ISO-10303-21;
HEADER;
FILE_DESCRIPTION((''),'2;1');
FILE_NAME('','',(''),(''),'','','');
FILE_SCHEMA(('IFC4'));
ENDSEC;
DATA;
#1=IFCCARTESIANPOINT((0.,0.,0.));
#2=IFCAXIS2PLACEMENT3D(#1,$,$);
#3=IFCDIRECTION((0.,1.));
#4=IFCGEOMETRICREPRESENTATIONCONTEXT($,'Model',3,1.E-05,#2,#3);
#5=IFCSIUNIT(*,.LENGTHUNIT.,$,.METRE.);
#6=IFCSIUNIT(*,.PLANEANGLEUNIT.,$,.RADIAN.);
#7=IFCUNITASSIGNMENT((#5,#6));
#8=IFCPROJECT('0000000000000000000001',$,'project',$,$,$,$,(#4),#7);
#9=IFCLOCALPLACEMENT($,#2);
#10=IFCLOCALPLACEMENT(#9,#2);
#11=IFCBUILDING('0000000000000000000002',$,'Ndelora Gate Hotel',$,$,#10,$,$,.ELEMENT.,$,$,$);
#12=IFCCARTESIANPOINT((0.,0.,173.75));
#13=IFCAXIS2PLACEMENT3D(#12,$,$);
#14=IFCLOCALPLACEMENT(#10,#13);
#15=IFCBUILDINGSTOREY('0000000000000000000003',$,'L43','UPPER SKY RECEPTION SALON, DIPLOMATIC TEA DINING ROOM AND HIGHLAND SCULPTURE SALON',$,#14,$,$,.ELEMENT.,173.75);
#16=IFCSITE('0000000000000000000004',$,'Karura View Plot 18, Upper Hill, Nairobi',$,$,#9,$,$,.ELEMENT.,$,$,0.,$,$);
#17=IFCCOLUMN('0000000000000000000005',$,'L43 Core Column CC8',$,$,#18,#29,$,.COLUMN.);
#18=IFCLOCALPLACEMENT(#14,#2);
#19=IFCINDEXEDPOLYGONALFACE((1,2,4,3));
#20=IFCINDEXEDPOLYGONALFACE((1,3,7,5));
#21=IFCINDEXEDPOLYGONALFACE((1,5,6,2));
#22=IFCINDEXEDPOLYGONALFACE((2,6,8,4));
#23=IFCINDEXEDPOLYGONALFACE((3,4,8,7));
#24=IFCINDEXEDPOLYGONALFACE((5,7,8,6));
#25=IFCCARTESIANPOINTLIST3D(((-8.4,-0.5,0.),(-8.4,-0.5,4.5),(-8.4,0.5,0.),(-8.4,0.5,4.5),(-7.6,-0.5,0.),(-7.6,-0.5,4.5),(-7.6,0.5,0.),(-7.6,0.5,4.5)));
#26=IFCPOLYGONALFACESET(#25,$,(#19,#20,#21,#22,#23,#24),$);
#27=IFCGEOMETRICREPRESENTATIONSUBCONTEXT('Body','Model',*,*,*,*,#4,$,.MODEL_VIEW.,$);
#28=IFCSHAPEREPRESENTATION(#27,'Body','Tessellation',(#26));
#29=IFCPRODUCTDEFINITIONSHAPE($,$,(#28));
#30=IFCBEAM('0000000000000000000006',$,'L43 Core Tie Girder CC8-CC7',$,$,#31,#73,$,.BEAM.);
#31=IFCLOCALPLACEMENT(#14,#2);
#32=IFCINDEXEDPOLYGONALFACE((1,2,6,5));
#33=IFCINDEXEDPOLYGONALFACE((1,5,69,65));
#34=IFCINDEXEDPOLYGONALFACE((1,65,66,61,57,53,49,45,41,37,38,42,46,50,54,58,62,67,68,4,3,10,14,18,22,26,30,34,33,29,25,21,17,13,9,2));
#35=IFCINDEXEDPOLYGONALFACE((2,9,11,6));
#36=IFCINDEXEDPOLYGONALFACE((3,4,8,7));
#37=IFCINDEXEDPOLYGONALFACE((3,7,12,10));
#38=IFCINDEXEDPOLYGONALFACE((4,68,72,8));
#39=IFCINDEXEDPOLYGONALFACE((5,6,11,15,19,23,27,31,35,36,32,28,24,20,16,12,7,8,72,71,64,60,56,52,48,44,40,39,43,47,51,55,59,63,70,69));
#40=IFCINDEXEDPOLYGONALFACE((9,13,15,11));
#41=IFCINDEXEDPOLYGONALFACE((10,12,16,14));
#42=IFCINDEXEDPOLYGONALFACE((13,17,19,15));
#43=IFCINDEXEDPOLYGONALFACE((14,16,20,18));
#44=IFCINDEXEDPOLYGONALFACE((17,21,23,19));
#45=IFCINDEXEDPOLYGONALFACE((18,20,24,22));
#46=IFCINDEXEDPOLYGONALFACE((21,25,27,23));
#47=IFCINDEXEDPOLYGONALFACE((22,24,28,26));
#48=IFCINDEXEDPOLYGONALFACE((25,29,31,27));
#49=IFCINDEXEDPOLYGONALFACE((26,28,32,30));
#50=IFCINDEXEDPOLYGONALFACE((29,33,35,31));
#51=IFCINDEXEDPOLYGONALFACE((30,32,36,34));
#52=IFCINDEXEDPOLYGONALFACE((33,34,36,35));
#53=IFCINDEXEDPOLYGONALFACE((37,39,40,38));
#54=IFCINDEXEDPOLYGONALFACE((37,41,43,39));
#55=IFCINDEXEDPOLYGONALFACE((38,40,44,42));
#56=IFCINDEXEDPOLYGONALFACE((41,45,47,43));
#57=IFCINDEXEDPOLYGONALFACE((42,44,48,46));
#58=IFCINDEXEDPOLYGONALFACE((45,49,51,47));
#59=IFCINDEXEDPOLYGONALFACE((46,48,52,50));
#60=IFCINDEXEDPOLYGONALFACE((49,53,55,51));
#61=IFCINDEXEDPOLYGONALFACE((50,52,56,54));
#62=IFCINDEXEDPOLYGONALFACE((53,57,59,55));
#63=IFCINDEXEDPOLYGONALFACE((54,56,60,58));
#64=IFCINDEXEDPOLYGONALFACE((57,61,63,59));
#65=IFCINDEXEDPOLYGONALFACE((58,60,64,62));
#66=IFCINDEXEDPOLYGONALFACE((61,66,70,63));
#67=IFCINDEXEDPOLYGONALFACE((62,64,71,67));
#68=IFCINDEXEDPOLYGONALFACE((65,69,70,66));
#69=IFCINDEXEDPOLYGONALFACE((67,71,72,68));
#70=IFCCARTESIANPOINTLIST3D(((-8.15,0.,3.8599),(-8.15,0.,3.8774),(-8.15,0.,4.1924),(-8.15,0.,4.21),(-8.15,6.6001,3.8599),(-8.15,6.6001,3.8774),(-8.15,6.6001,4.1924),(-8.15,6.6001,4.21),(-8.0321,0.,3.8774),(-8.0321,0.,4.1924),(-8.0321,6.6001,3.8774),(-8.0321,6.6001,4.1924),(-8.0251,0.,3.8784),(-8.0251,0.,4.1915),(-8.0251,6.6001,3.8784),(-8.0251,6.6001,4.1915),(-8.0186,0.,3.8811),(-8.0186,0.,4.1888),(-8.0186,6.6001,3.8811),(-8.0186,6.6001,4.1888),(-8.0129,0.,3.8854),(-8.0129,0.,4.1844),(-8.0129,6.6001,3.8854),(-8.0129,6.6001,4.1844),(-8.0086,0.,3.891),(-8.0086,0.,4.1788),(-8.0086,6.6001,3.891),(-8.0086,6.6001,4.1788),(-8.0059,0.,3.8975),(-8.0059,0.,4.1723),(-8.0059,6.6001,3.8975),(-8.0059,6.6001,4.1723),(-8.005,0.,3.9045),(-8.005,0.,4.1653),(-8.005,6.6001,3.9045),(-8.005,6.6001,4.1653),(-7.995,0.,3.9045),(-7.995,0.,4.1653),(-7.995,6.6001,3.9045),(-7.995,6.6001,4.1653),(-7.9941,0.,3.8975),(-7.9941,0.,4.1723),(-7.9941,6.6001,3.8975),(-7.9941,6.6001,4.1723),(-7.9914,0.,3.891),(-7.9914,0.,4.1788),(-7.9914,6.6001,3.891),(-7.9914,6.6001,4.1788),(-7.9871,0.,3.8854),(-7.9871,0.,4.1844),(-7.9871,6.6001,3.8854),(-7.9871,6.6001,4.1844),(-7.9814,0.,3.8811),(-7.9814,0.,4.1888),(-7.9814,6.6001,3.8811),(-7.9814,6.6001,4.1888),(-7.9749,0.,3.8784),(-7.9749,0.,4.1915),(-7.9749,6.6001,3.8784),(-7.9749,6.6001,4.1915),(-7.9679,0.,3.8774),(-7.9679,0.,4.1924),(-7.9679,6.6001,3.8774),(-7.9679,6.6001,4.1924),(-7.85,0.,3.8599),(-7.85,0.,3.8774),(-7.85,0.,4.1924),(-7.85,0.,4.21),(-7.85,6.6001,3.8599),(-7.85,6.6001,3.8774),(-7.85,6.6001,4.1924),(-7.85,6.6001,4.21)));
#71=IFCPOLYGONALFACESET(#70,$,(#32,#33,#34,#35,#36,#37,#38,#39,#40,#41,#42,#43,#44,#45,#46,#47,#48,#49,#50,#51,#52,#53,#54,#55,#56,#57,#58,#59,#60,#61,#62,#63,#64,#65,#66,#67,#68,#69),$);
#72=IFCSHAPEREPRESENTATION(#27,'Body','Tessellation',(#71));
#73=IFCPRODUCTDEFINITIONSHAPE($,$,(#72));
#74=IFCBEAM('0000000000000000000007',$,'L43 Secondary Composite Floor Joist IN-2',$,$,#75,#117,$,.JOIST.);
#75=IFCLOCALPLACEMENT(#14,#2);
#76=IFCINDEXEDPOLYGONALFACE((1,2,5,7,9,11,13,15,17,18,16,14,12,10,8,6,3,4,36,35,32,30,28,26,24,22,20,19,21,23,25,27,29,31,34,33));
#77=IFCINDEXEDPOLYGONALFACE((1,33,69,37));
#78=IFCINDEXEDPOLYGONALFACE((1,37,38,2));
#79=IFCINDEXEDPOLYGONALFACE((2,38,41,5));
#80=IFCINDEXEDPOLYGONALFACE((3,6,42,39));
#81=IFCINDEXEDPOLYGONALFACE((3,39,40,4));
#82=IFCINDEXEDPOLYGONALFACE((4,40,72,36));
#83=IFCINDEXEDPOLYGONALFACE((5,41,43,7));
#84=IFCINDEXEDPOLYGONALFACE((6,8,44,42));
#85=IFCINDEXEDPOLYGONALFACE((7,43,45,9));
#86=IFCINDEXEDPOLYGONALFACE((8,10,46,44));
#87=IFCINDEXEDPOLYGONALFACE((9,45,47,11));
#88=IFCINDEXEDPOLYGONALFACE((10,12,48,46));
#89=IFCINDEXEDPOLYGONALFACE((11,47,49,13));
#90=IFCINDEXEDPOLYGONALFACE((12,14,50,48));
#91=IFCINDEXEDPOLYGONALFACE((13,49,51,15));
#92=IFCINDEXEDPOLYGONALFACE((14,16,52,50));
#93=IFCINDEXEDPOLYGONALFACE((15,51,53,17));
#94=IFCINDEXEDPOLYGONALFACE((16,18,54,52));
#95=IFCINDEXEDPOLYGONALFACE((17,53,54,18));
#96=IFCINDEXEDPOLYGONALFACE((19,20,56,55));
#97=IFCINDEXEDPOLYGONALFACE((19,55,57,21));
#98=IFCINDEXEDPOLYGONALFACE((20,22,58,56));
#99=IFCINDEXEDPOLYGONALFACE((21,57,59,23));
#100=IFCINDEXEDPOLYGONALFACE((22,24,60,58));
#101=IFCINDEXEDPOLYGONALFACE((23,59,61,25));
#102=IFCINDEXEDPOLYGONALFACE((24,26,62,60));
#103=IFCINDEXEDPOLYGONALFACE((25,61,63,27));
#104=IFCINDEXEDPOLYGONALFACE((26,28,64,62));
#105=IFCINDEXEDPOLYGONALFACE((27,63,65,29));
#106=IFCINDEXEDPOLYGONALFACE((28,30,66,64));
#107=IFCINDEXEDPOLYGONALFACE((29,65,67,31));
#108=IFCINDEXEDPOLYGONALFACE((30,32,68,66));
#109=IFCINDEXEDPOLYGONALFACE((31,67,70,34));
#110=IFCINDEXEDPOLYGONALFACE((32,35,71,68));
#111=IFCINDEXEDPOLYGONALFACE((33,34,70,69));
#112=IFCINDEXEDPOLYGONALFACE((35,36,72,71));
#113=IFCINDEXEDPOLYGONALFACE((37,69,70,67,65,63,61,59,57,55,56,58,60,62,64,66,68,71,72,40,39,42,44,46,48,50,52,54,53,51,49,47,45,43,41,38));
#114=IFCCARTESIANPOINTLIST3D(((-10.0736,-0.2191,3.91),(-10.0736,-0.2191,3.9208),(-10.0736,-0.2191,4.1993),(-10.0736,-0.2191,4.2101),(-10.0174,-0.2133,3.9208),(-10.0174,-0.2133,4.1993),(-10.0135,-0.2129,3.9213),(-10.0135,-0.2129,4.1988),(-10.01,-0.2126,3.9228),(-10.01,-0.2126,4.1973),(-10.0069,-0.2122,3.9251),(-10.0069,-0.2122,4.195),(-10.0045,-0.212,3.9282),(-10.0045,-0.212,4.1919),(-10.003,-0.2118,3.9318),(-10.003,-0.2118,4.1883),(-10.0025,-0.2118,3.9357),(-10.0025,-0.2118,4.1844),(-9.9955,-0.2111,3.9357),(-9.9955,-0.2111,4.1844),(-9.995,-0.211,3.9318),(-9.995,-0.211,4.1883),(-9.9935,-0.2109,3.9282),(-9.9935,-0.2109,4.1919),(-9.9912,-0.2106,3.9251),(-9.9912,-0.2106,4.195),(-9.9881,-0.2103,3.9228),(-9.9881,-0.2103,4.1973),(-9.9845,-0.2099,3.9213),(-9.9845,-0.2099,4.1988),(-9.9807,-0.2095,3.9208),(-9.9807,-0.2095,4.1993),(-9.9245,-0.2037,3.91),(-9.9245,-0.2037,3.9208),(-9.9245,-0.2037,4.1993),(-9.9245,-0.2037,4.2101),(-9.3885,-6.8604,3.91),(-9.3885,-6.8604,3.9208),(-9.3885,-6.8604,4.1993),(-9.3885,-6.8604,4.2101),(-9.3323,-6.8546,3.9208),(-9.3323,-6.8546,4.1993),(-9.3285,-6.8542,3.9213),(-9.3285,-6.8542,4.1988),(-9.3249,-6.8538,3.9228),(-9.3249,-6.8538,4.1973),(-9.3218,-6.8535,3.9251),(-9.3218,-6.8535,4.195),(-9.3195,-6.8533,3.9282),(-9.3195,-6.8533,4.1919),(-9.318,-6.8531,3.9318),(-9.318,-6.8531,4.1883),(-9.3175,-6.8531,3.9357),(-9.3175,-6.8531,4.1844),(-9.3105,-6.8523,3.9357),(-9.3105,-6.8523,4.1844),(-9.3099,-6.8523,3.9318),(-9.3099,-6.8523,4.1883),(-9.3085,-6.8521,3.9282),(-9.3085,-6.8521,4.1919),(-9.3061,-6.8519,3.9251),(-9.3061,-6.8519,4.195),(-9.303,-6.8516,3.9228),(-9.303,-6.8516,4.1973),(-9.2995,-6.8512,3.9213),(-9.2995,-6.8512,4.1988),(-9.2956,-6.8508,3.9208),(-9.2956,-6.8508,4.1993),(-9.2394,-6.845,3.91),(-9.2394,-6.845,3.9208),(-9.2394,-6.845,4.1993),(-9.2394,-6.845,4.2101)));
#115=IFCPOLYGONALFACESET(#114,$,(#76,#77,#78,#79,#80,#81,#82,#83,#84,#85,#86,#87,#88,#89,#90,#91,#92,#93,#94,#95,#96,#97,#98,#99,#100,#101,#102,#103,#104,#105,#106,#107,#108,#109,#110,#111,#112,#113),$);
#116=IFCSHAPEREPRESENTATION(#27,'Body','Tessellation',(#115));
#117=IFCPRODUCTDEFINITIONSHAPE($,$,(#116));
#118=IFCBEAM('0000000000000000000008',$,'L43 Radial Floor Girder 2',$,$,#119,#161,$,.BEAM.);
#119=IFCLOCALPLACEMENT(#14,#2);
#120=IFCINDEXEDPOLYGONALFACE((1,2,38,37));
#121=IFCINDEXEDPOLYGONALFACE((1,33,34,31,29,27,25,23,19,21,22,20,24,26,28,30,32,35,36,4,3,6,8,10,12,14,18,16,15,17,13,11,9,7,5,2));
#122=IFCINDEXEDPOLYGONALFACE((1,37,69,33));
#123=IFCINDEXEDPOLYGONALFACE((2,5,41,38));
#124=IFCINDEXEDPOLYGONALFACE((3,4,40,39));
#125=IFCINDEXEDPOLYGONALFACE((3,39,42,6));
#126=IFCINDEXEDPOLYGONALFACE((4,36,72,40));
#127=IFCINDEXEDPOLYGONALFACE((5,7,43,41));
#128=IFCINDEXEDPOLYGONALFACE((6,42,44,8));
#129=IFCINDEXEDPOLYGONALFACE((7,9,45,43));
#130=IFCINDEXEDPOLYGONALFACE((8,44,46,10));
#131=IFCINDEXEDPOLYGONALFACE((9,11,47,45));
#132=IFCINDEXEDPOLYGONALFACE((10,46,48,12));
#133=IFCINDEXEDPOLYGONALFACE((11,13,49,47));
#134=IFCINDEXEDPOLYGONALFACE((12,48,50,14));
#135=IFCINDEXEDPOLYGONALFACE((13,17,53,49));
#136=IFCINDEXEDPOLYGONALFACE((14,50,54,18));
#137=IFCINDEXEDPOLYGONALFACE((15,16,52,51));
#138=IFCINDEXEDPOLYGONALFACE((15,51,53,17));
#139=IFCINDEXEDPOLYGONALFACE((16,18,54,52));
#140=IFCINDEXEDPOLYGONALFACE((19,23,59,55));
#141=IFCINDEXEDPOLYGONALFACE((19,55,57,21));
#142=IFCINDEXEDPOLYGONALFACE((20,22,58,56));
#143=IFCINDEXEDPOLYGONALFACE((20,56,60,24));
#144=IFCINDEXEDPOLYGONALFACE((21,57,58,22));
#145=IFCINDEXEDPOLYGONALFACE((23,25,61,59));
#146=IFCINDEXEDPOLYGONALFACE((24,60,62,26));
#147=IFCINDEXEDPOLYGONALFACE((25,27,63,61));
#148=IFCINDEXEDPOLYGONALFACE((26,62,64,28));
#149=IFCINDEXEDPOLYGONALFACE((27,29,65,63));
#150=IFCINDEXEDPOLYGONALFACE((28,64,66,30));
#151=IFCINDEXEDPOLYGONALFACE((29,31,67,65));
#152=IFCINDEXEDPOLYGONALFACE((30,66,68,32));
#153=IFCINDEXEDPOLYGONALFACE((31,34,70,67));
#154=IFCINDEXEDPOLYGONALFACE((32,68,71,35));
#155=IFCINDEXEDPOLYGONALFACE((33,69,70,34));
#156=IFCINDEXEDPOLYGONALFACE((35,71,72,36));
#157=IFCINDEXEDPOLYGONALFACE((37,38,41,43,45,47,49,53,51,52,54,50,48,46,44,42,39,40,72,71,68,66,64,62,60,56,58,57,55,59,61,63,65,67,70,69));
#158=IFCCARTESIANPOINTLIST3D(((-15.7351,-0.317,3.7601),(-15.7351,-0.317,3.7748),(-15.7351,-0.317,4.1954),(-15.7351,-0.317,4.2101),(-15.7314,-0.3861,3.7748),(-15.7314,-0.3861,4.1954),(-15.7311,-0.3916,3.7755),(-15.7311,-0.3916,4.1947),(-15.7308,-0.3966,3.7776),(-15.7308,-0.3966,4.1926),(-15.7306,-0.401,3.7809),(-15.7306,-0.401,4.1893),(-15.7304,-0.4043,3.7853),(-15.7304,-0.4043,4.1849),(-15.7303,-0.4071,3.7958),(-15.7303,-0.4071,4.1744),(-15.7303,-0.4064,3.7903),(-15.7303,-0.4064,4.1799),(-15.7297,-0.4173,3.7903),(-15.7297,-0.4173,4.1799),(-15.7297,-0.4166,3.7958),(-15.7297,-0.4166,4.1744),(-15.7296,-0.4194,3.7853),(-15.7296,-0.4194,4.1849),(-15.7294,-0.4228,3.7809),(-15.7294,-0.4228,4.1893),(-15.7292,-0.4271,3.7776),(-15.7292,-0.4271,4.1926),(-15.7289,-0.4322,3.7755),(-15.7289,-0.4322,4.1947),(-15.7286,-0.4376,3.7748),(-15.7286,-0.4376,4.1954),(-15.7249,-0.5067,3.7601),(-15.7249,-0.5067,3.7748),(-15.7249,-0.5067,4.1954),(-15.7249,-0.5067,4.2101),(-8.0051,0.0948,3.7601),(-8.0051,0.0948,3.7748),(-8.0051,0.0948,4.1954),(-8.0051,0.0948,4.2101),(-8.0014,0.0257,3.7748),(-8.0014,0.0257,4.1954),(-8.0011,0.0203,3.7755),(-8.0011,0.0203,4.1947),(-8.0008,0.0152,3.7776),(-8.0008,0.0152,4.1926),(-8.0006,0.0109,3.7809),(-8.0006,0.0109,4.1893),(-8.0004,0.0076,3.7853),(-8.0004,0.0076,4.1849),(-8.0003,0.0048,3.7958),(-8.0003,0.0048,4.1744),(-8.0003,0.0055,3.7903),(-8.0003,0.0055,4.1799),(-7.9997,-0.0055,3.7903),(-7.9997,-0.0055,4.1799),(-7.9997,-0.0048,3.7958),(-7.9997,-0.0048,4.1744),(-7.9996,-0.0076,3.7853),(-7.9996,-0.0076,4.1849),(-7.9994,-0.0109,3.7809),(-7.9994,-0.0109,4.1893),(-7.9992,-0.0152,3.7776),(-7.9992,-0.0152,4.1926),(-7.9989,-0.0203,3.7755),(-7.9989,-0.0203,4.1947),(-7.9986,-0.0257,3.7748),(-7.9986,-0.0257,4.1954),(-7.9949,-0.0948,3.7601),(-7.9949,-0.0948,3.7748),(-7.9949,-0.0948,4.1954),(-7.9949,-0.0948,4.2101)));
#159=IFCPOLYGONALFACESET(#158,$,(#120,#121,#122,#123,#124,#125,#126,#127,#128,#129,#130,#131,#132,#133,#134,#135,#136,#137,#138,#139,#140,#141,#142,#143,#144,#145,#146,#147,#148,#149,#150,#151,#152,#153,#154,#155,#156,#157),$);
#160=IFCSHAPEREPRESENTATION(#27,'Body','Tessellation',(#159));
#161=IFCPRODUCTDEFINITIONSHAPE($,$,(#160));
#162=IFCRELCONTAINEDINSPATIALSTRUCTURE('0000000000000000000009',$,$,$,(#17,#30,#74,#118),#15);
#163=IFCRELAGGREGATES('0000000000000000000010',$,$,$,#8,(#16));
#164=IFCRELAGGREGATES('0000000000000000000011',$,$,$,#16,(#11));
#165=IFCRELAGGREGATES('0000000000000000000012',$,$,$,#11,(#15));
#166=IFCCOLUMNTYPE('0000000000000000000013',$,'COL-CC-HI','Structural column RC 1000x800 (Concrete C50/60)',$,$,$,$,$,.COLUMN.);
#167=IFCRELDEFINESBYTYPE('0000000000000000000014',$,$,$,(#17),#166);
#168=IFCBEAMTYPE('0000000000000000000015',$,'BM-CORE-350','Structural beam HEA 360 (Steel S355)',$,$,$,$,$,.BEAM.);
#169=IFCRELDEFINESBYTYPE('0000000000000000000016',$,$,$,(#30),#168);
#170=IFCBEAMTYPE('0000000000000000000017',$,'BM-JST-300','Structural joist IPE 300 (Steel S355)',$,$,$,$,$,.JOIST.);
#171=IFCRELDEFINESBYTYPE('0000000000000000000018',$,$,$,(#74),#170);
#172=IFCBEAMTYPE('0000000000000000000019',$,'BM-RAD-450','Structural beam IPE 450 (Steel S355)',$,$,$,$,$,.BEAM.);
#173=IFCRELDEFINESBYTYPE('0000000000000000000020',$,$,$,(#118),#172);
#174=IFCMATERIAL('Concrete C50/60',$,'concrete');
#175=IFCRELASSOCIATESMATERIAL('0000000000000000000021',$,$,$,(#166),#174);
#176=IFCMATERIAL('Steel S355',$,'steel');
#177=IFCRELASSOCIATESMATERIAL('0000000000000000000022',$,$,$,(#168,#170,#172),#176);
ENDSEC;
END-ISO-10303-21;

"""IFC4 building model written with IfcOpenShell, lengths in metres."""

from ifc_helpers import new_model, si_unit, direction, frame, origin, origin_2d, place, context, subcontext, project, spatial, rectangle, i_section, extrude, material, material_profile, profile_set, type_object, element, save


model = new_model("IFC4")

# Units and contexts
model_context = context("Model", 3, precision=1e-05, world=origin(), true_north=direction((0.0, 1.0)))
body_context = subcontext(model_context, "Body", "Model", "MODEL_VIEW")
ifc_project = project(units=[si_unit("LENGTHUNIT", "METRE"), si_unit("PLANEANGLEUNIT", "RADIAN")], contexts=[model_context])

# Site, building, storey
site_placement = place(None, origin())
site = spatial("IfcSite", under=ifc_project, at=site_placement, Name="Karura View Plot 18, Upper Hill, Nairobi", CompositionType="ELEMENT", RefElevation=0.0)
building_placement = place(site_placement, origin())
building = spatial("IfcBuilding", under=site, at=building_placement, Name="Ndelora Gate Hotel", CompositionType="ELEMENT")
storey_placement = place(building_placement, frame((0.0, 0.0, 173.75)))
storey = spatial("IfcBuildingStorey", under=building, at=storey_placement, Name="L43", Description="UPPER SKY RECEPTION SALON, DIPLOMATIC TEA DINING ROOM AND HIGHLAND SCULPTURE SALON", CompositionType="ELEMENT", Elevation=173.75)

# Column
ifc_material_1 = material(Name="Concrete C50/60", Category="concrete")
ifc_material_profile_1 = material_profile(ifc_material_1, rectangle(XDim=0.8, YDim=1.0, at=origin_2d()), Name="RC 1000x800")
ifc_profile_set_1 = profile_set([ifc_material_profile_1], Name="Concrete C50/60")
column_type = type_object("IfcColumnType", Name="COL-CC-HI", Description="Structural column RC 1000x800 (Concrete C50/60)", PredefinedType="COLUMN", material=ifc_profile_set_1)
column_placement = place(storey_placement, frame((-8.0, 0.0, 0.0), z_axis=(0.0, 0.0, 1.0), x_axis=(1.0, 0.0, 0.0)))
element("IfcColumn", 1, at=column_placement, inside=storey, type_object=column_type, Name="L43 Core Column CC8", PredefinedType="COLUMN", context=body_context, shape_type="SweptSolid", body=[
    extrude(rectangle(XDim=0.8, YDim=1.0, at=origin_2d()), origin(), (0.0, 0.0, 1.0), 4.5),
])

# Beams
ifc_material_2 = material(Name="Steel S355", Category="steel")
ifc_material_profile_2 = material_profile(ifc_material_2, i_section(OverallWidth=0.3, OverallDepth=0.3501, WebThickness=0.01, FlangeThickness=0.0176, FilletRadius=0.0271, at=origin_2d()), Name="HEA 360")
ifc_profile_set_2 = profile_set([ifc_material_profile_2], Name="Steel S355")
beam_type_1 = type_object("IfcBeamType", Name="BM-CORE-350", Description="Structural beam HEA 360 (Steel S355)", PredefinedType="BEAM", material=ifc_profile_set_2)
beam_1_placement = place(storey_placement, frame((-8.0, 0.0, 4.0349), z_axis=(0.0, 1.0, 0.0), x_axis=(-1.0, 0.0, 0.0)))
element("IfcBeam", 2, at=beam_1_placement, inside=storey, type_object=beam_type_1, Name="L43 Core Tie Girder CC8-CC7", PredefinedType="BEAM", context=body_context, shape_type="SweptSolid", body=[
    extrude(i_section(OverallWidth=0.3, OverallDepth=0.3501, WebThickness=0.01, FlangeThickness=0.0176, FilletRadius=0.0271, at=origin_2d()), origin(), (0.0, 0.0, 1.0), 6.6001),
])
ifc_material_profile_3 = material_profile(ifc_material_2, i_section(OverallWidth=0.1499, OverallDepth=0.3, WebThickness=0.0071, FlangeThickness=0.0107, FilletRadius=0.0149, at=origin_2d()), Name="IPE 300")
ifc_profile_set_3 = profile_set([ifc_material_profile_3], Name="Steel S355")
beam_type_2 = type_object("IfcBeamType", Name="BM-JST-300", Description="Structural joist IPE 300 (Steel S355)", PredefinedType="JOIST", material=ifc_profile_set_3)
beam_2_placement = place(storey_placement, frame((-9.999, -0.2114, 4.0601), z_axis=(0.102606, -0.994722, 0.0), x_axis=(0.994722, 0.102606, 0.0)))
element("IfcBeam", 3, at=beam_2_placement, inside=storey, type_object=beam_type_2, Name="L43 Secondary Composite Floor Joist IN-2", PredefinedType="JOIST", context=body_context, shape_type="SweptSolid", body=[
    extrude(i_section(OverallWidth=0.1499, OverallDepth=0.3, WebThickness=0.0071, FlangeThickness=0.0107, FilletRadius=0.0149, at=origin_2d()), origin(), (0.0, 0.0, 1.0), 6.6765),
])
ifc_material_profile_4 = material_profile(ifc_material_2, i_section(OverallWidth=0.1899, OverallDepth=0.45, WebThickness=0.0095, FlangeThickness=0.0146, FilletRadius=0.021, at=origin_2d()), Name="IPE 450")
ifc_profile_set_4 = profile_set([ifc_material_profile_4], Name="Steel S355")
beam_type_3 = type_object("IfcBeamType", Name="BM-RAD-450", Description="Structural beam IPE 450 (Steel S355)", PredefinedType="BEAM", material=ifc_profile_set_4)
beam_3_placement = place(storey_placement, frame((-8.0, 0.0, 3.9851), z_axis=(-0.998584, -0.053206, 0.0), x_axis=(0.053206, -0.998584, 0.0)))
element("IfcBeam", 4, at=beam_3_placement, inside=storey, type_object=beam_type_3, Name="L43 Radial Floor Girder 2", PredefinedType="BEAM", context=body_context, shape_type="SweptSolid", body=[
    extrude(i_section(OverallWidth=0.1899, OverallDepth=0.45, WebThickness=0.0095, FlangeThickness=0.0146, FilletRadius=0.021, at=origin_2d()), origin(), (0.0, 0.0, 1.0), 7.741),
])

save(model, "model.ifc")
